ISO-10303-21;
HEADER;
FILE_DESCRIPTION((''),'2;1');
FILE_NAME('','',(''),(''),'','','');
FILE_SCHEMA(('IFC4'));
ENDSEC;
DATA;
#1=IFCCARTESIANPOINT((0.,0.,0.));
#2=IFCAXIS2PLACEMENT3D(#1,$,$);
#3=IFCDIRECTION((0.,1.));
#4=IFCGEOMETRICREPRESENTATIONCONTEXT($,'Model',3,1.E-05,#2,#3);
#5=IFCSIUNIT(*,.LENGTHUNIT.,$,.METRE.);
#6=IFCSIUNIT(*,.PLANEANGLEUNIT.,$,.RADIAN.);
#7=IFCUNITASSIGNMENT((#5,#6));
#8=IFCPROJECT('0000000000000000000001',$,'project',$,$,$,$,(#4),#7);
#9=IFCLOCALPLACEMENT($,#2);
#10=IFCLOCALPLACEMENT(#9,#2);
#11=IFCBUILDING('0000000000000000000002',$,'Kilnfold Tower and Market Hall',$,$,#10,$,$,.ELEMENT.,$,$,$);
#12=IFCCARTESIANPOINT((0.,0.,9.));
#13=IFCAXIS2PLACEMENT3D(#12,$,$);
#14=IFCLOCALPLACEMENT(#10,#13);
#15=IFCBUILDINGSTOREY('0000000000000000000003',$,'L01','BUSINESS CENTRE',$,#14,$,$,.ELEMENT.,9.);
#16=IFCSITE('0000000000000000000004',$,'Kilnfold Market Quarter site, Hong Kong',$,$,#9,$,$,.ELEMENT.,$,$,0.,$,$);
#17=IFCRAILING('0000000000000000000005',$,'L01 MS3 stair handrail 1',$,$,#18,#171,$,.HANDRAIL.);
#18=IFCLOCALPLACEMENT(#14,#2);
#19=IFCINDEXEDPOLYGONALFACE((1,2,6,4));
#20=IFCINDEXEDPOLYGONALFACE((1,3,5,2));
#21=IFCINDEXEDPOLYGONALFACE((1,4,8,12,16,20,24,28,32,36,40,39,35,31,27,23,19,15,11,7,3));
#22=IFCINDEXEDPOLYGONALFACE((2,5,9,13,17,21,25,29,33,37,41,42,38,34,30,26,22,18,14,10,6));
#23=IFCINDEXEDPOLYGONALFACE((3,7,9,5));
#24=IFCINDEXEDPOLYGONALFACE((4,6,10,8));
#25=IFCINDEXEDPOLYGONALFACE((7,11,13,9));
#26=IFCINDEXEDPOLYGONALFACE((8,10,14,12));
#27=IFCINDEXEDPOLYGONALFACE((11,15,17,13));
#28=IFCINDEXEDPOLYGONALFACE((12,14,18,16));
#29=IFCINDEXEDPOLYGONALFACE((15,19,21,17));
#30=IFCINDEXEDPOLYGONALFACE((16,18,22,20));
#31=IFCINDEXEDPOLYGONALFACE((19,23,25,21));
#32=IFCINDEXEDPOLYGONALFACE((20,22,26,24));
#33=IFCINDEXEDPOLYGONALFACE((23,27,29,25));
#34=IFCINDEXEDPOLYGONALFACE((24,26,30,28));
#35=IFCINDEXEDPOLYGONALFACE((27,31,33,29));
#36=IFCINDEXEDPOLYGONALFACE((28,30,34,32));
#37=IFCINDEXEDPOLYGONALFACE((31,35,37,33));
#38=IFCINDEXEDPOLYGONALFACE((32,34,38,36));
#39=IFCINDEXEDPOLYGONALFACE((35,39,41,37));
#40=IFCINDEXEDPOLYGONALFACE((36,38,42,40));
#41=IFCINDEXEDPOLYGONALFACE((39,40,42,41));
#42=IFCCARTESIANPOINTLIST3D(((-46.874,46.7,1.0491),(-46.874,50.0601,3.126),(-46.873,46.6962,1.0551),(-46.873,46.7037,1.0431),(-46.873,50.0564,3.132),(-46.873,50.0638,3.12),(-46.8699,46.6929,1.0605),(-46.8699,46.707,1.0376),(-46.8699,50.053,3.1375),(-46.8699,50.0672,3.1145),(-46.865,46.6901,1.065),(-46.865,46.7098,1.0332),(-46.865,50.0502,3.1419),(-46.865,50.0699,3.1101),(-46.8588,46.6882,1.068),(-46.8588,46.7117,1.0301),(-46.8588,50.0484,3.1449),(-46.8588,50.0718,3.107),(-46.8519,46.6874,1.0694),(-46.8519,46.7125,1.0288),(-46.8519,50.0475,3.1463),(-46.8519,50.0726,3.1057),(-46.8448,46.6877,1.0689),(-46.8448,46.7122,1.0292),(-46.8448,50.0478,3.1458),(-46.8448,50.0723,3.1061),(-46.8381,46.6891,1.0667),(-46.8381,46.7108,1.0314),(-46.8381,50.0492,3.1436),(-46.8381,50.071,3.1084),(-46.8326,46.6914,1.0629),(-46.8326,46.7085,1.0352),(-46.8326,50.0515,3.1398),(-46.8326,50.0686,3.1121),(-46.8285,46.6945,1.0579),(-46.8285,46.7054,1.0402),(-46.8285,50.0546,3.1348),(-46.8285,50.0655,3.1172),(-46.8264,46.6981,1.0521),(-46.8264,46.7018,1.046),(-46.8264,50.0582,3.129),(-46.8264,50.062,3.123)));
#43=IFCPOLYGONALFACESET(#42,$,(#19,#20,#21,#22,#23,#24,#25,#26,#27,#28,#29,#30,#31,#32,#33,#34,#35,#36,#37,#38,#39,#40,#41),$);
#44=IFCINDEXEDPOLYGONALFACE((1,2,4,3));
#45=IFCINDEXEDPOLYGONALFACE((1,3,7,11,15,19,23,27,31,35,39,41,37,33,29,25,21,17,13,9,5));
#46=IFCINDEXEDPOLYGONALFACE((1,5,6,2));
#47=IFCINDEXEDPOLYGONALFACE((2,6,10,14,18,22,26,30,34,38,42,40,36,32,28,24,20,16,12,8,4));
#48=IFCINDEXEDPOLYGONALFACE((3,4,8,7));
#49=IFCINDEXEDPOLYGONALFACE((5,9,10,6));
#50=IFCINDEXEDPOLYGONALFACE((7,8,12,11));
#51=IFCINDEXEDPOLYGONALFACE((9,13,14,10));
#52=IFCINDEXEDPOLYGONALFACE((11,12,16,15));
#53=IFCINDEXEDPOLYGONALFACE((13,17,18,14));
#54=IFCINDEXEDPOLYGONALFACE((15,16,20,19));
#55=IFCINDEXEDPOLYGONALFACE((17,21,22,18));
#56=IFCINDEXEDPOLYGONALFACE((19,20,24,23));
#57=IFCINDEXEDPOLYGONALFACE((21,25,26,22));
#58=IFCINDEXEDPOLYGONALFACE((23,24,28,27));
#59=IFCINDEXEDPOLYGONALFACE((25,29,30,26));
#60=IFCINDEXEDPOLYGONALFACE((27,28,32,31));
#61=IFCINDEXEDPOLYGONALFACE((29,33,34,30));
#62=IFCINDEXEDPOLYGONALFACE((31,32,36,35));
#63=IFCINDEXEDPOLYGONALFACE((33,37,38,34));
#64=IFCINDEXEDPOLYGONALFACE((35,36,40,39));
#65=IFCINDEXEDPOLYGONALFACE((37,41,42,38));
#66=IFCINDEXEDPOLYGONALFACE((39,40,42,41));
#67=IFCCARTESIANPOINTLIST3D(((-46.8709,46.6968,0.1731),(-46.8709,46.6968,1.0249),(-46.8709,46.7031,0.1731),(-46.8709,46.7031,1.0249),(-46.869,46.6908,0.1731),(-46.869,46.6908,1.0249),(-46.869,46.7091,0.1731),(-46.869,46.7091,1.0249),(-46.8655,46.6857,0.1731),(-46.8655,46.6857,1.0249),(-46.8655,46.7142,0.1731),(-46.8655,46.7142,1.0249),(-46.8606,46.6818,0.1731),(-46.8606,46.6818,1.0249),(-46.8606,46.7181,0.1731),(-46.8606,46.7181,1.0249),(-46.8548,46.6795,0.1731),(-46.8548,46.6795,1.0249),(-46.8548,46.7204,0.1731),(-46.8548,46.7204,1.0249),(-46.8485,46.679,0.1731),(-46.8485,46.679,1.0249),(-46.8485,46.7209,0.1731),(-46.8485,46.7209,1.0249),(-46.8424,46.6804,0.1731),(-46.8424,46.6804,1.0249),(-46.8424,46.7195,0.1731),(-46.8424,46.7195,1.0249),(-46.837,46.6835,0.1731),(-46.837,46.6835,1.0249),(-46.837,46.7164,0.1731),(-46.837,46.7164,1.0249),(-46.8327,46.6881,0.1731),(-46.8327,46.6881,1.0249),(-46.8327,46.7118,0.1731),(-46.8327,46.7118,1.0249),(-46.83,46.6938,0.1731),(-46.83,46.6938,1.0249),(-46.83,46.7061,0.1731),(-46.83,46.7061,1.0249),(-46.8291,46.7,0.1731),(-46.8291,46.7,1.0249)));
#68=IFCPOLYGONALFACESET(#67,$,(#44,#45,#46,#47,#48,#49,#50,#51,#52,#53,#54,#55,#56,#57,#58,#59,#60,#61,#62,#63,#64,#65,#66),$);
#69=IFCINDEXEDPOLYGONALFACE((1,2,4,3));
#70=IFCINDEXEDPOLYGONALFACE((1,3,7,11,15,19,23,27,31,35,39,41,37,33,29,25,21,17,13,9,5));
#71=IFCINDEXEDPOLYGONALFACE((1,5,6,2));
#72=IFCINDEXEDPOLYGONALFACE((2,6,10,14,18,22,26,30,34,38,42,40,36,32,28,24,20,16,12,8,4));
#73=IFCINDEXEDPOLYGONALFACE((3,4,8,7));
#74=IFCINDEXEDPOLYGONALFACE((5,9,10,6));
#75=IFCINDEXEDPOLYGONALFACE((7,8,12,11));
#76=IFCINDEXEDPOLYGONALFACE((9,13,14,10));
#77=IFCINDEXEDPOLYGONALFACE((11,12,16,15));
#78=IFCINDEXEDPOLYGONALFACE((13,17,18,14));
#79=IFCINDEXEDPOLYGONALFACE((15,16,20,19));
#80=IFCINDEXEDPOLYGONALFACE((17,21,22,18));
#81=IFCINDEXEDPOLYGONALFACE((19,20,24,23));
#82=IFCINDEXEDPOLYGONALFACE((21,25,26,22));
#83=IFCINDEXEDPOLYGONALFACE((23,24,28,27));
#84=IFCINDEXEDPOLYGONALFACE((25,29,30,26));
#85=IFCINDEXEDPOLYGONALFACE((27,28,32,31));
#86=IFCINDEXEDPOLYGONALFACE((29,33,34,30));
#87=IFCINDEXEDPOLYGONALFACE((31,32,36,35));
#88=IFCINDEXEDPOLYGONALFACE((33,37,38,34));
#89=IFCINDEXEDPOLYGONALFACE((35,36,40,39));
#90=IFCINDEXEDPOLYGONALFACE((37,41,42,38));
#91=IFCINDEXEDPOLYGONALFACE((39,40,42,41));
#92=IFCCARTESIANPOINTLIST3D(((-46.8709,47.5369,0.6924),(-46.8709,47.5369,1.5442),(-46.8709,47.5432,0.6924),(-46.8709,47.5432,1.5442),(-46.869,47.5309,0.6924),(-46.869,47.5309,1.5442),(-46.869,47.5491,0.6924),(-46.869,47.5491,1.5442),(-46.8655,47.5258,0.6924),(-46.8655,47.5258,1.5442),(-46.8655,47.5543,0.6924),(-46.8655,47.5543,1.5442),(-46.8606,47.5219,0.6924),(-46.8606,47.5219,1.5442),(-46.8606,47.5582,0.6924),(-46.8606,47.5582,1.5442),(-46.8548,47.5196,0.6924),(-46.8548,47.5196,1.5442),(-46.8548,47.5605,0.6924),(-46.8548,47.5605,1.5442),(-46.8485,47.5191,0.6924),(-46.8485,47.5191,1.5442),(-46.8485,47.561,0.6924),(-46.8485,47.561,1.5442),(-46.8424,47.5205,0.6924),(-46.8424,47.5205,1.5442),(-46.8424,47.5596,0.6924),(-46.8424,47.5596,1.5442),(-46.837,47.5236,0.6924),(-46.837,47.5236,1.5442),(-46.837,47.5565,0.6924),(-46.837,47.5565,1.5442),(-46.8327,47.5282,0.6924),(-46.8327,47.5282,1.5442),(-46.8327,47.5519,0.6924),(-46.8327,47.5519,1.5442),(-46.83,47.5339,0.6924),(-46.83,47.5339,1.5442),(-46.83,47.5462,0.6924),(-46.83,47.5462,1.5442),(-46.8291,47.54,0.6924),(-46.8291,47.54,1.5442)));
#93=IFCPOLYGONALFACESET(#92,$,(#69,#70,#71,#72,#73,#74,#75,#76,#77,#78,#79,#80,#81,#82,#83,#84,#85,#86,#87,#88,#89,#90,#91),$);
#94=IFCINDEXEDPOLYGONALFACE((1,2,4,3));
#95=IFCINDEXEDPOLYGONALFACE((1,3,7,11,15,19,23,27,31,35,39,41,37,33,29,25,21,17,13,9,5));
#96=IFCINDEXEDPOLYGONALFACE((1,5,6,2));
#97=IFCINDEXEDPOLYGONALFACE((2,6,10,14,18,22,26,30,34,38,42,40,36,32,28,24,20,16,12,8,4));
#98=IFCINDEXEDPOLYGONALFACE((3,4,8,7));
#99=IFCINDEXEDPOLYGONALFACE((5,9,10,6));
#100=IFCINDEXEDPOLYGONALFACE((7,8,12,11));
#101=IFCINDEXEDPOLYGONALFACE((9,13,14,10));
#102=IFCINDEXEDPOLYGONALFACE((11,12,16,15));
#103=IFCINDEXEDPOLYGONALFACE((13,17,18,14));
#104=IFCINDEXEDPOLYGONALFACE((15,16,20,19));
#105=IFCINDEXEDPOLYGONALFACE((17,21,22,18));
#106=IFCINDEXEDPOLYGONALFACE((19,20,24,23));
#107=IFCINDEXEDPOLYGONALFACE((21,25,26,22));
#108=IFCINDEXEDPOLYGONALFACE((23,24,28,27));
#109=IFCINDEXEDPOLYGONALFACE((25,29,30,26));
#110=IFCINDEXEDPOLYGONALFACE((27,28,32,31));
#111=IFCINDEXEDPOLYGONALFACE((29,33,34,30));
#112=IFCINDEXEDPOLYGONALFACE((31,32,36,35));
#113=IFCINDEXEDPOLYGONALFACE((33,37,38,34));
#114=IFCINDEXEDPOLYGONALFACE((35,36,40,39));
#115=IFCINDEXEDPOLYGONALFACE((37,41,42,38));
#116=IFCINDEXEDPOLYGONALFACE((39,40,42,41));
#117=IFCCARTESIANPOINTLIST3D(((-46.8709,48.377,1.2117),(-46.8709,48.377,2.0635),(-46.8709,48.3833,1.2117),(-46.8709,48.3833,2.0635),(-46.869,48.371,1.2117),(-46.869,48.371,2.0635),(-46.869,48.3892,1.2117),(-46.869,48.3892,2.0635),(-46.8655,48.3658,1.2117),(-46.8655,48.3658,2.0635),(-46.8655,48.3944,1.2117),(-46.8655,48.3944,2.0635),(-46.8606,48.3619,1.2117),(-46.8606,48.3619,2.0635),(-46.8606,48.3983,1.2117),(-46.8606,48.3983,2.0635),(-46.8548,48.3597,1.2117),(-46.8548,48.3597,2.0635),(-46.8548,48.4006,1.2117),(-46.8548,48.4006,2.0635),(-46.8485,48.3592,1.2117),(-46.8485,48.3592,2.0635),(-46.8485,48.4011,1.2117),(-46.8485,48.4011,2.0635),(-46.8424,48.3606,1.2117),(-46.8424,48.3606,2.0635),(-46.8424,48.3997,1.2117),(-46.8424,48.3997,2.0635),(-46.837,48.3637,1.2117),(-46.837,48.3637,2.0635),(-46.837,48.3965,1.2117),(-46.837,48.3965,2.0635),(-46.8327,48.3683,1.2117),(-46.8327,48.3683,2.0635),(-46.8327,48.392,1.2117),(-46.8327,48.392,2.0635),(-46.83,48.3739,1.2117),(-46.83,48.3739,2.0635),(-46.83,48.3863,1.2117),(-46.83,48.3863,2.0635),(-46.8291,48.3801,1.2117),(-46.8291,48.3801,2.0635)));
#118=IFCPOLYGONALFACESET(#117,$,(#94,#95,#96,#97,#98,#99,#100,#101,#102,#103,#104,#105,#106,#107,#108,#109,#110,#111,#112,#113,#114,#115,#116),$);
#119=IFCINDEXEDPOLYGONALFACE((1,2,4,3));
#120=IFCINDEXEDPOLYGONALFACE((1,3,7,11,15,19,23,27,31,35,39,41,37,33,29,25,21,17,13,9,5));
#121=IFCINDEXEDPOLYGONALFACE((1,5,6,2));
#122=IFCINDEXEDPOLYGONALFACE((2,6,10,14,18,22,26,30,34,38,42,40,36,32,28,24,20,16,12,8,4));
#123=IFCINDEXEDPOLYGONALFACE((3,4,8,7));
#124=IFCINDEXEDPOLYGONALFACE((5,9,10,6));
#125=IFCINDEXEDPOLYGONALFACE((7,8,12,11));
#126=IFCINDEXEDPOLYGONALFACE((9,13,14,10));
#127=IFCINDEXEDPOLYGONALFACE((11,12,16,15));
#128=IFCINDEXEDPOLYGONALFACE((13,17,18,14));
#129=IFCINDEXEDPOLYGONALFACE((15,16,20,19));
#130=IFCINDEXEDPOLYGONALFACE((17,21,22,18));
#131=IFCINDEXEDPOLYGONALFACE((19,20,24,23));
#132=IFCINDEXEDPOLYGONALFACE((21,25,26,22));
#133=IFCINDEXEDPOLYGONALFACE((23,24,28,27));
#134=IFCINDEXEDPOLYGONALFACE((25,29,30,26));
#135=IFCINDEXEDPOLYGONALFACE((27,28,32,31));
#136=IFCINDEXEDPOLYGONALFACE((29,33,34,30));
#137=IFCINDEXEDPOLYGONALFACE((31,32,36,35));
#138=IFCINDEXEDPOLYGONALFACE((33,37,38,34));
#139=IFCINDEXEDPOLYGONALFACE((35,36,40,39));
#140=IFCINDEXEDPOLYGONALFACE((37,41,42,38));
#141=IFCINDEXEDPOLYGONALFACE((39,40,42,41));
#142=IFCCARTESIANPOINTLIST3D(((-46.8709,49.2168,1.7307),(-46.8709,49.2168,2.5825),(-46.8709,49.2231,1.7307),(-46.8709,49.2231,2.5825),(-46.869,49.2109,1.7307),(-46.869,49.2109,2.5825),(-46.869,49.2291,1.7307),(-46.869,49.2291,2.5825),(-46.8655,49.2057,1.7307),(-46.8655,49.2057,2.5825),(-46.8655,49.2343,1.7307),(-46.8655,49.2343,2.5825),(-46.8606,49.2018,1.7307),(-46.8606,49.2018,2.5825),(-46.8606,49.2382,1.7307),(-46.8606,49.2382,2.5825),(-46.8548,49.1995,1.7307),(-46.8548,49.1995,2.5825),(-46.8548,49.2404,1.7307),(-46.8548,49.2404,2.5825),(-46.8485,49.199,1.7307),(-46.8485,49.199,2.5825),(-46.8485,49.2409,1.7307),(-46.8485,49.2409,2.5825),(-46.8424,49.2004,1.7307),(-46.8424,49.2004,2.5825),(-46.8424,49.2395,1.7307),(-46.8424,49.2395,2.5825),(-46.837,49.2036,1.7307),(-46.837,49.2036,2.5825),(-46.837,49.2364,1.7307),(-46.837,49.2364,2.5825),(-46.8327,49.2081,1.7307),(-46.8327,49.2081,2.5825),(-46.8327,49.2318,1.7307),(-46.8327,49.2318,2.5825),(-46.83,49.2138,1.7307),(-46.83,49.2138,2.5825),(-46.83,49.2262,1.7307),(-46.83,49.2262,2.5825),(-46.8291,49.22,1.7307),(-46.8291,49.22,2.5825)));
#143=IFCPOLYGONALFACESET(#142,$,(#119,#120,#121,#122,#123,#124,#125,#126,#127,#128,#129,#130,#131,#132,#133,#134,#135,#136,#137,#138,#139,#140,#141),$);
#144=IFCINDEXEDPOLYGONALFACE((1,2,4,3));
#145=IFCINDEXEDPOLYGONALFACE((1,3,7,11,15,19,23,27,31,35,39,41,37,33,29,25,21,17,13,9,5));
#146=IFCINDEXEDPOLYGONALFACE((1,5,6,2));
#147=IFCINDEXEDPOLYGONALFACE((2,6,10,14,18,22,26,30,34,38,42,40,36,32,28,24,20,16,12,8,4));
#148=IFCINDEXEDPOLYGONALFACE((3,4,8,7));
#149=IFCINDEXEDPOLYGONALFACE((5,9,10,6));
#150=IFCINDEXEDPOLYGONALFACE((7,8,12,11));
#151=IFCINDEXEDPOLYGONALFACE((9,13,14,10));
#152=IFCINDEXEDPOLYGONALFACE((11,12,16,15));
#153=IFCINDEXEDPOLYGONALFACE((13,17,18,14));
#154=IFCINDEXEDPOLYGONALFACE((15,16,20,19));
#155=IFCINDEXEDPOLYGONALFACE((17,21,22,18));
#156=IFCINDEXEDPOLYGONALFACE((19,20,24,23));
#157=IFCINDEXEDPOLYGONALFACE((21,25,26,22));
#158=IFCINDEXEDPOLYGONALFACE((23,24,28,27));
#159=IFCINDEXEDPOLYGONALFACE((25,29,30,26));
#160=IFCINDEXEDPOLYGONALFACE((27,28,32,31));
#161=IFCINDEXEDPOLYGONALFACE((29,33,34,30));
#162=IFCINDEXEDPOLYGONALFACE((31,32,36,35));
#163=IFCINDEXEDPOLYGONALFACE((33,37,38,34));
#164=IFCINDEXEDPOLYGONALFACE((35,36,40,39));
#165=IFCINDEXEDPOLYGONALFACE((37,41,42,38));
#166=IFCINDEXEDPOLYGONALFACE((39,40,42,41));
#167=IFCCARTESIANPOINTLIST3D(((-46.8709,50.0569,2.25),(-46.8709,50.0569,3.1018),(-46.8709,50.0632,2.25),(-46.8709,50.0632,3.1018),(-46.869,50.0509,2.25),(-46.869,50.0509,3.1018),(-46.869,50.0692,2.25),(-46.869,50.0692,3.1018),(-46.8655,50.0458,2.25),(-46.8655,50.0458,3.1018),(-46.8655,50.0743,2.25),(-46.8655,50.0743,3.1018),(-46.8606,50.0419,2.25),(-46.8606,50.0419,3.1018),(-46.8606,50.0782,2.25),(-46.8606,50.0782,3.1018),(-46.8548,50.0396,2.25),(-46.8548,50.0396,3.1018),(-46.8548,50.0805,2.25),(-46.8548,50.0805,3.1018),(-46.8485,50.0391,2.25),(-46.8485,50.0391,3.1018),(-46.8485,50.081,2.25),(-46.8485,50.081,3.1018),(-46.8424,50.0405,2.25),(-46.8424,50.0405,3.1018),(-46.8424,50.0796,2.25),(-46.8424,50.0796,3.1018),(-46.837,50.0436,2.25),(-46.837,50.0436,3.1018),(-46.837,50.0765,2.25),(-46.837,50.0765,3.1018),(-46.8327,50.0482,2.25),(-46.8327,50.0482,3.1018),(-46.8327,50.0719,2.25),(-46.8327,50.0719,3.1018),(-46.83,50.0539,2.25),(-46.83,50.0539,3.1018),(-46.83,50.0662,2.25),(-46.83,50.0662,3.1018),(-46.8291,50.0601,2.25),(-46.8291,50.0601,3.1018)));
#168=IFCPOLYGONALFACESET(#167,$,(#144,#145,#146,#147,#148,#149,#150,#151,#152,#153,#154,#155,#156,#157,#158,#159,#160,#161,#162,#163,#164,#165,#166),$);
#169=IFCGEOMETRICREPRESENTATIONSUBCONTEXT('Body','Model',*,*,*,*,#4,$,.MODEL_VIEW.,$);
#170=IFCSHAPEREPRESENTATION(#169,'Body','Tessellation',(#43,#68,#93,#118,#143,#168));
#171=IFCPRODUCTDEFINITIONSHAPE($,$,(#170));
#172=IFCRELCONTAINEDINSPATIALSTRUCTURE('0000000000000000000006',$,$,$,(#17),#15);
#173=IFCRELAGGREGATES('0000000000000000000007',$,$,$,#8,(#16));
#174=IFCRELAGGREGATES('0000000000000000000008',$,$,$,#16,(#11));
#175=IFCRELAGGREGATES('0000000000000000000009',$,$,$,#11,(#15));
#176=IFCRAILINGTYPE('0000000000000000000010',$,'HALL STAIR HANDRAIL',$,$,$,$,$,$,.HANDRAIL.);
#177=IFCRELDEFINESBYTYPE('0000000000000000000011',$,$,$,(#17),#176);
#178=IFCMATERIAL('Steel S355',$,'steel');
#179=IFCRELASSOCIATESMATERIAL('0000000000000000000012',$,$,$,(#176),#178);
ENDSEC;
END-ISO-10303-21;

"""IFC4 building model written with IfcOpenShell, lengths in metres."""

from ifc_helpers import new_model, si_unit, direction, frame, origin, origin_2d, place, context, subcontext, project, spatial, circle, extrude, material, type_object, element, save


model = new_model("IFC4")

# Units and contexts
model_context = context("Model", 3, precision=1e-05, world=origin(), true_north=direction((0.0, 1.0)))
body_context = subcontext(model_context, "Body", "Model", "MODEL_VIEW")
ifc_project = project(units=[si_unit("LENGTHUNIT", "METRE"), si_unit("PLANEANGLEUNIT", "RADIAN")], contexts=[model_context])

# Site, building, storey
site_placement = place(None, origin())
site = spatial("IfcSite", under=ifc_project, at=site_placement, Name="Kilnfold Market Quarter site, Hong Kong", CompositionType="ELEMENT", RefElevation=0.0)
building_placement = place(site_placement, origin())
building = spatial("IfcBuilding", under=site, at=building_placement, Name="Kilnfold Tower and Market Hall", CompositionType="ELEMENT")
storey_placement = place(building_placement, frame((0.0, 0.0, 9.0)))
storey = spatial("IfcBuildingStorey", under=building, at=storey_placement, Name="L01", Description="BUSINESS CENTRE", CompositionType="ELEMENT", Elevation=9.0)

# Railing
ifc_material_1 = material(Name="Steel S355", Category="steel")
railing_type_1 = type_object("IfcRailingType", Name="HALL STAIR HANDRAIL", PredefinedType="HANDRAIL", material=ifc_material_1)
railing_1_placement = place(storey_placement, frame((-46.8501, 46.7, 0.1731)))
element("IfcRailing", 1, at=railing_1_placement, inside=storey, type_object=railing_type_1, Name="L01 MS3 stair handrail 1", PredefinedType="HANDRAIL", context=body_context, shape_type="SweptSolid", body=[
    extrude(circle(Radius=0.0239, at=origin_2d()), frame((0.0, 0.0, 0.876), z_axis=(0.0, 0.850623, 0.525776), x_axis=(-1.0, 0.0, 0.0)), (0.0, 0.0, 1.0), 3.9502),
    extrude(circle(Radius=0.021, at=origin_2d()), origin(), (0.0, 0.0, 1.0), 0.8518),
    extrude(circle(Radius=0.021, at=origin_2d()), frame((0.0, 0.8401, 0.5193)), (0.0, 0.0, 1.0), 0.8518),
    extrude(circle(Radius=0.021, at=origin_2d()), frame((0.0, 1.6802, 1.0386)), (0.0, 0.0, 1.0), 0.8518),
    extrude(circle(Radius=0.021, at=origin_2d()), frame((0.0, 2.52, 1.5576)), (0.0, 0.0, 1.0), 0.8518),
    extrude(circle(Radius=0.021, at=origin_2d()), frame((0.0, 3.3601, 2.0769)), (0.0, 0.0, 1.0), 0.8518),
])

save(model, "model.ifc")
